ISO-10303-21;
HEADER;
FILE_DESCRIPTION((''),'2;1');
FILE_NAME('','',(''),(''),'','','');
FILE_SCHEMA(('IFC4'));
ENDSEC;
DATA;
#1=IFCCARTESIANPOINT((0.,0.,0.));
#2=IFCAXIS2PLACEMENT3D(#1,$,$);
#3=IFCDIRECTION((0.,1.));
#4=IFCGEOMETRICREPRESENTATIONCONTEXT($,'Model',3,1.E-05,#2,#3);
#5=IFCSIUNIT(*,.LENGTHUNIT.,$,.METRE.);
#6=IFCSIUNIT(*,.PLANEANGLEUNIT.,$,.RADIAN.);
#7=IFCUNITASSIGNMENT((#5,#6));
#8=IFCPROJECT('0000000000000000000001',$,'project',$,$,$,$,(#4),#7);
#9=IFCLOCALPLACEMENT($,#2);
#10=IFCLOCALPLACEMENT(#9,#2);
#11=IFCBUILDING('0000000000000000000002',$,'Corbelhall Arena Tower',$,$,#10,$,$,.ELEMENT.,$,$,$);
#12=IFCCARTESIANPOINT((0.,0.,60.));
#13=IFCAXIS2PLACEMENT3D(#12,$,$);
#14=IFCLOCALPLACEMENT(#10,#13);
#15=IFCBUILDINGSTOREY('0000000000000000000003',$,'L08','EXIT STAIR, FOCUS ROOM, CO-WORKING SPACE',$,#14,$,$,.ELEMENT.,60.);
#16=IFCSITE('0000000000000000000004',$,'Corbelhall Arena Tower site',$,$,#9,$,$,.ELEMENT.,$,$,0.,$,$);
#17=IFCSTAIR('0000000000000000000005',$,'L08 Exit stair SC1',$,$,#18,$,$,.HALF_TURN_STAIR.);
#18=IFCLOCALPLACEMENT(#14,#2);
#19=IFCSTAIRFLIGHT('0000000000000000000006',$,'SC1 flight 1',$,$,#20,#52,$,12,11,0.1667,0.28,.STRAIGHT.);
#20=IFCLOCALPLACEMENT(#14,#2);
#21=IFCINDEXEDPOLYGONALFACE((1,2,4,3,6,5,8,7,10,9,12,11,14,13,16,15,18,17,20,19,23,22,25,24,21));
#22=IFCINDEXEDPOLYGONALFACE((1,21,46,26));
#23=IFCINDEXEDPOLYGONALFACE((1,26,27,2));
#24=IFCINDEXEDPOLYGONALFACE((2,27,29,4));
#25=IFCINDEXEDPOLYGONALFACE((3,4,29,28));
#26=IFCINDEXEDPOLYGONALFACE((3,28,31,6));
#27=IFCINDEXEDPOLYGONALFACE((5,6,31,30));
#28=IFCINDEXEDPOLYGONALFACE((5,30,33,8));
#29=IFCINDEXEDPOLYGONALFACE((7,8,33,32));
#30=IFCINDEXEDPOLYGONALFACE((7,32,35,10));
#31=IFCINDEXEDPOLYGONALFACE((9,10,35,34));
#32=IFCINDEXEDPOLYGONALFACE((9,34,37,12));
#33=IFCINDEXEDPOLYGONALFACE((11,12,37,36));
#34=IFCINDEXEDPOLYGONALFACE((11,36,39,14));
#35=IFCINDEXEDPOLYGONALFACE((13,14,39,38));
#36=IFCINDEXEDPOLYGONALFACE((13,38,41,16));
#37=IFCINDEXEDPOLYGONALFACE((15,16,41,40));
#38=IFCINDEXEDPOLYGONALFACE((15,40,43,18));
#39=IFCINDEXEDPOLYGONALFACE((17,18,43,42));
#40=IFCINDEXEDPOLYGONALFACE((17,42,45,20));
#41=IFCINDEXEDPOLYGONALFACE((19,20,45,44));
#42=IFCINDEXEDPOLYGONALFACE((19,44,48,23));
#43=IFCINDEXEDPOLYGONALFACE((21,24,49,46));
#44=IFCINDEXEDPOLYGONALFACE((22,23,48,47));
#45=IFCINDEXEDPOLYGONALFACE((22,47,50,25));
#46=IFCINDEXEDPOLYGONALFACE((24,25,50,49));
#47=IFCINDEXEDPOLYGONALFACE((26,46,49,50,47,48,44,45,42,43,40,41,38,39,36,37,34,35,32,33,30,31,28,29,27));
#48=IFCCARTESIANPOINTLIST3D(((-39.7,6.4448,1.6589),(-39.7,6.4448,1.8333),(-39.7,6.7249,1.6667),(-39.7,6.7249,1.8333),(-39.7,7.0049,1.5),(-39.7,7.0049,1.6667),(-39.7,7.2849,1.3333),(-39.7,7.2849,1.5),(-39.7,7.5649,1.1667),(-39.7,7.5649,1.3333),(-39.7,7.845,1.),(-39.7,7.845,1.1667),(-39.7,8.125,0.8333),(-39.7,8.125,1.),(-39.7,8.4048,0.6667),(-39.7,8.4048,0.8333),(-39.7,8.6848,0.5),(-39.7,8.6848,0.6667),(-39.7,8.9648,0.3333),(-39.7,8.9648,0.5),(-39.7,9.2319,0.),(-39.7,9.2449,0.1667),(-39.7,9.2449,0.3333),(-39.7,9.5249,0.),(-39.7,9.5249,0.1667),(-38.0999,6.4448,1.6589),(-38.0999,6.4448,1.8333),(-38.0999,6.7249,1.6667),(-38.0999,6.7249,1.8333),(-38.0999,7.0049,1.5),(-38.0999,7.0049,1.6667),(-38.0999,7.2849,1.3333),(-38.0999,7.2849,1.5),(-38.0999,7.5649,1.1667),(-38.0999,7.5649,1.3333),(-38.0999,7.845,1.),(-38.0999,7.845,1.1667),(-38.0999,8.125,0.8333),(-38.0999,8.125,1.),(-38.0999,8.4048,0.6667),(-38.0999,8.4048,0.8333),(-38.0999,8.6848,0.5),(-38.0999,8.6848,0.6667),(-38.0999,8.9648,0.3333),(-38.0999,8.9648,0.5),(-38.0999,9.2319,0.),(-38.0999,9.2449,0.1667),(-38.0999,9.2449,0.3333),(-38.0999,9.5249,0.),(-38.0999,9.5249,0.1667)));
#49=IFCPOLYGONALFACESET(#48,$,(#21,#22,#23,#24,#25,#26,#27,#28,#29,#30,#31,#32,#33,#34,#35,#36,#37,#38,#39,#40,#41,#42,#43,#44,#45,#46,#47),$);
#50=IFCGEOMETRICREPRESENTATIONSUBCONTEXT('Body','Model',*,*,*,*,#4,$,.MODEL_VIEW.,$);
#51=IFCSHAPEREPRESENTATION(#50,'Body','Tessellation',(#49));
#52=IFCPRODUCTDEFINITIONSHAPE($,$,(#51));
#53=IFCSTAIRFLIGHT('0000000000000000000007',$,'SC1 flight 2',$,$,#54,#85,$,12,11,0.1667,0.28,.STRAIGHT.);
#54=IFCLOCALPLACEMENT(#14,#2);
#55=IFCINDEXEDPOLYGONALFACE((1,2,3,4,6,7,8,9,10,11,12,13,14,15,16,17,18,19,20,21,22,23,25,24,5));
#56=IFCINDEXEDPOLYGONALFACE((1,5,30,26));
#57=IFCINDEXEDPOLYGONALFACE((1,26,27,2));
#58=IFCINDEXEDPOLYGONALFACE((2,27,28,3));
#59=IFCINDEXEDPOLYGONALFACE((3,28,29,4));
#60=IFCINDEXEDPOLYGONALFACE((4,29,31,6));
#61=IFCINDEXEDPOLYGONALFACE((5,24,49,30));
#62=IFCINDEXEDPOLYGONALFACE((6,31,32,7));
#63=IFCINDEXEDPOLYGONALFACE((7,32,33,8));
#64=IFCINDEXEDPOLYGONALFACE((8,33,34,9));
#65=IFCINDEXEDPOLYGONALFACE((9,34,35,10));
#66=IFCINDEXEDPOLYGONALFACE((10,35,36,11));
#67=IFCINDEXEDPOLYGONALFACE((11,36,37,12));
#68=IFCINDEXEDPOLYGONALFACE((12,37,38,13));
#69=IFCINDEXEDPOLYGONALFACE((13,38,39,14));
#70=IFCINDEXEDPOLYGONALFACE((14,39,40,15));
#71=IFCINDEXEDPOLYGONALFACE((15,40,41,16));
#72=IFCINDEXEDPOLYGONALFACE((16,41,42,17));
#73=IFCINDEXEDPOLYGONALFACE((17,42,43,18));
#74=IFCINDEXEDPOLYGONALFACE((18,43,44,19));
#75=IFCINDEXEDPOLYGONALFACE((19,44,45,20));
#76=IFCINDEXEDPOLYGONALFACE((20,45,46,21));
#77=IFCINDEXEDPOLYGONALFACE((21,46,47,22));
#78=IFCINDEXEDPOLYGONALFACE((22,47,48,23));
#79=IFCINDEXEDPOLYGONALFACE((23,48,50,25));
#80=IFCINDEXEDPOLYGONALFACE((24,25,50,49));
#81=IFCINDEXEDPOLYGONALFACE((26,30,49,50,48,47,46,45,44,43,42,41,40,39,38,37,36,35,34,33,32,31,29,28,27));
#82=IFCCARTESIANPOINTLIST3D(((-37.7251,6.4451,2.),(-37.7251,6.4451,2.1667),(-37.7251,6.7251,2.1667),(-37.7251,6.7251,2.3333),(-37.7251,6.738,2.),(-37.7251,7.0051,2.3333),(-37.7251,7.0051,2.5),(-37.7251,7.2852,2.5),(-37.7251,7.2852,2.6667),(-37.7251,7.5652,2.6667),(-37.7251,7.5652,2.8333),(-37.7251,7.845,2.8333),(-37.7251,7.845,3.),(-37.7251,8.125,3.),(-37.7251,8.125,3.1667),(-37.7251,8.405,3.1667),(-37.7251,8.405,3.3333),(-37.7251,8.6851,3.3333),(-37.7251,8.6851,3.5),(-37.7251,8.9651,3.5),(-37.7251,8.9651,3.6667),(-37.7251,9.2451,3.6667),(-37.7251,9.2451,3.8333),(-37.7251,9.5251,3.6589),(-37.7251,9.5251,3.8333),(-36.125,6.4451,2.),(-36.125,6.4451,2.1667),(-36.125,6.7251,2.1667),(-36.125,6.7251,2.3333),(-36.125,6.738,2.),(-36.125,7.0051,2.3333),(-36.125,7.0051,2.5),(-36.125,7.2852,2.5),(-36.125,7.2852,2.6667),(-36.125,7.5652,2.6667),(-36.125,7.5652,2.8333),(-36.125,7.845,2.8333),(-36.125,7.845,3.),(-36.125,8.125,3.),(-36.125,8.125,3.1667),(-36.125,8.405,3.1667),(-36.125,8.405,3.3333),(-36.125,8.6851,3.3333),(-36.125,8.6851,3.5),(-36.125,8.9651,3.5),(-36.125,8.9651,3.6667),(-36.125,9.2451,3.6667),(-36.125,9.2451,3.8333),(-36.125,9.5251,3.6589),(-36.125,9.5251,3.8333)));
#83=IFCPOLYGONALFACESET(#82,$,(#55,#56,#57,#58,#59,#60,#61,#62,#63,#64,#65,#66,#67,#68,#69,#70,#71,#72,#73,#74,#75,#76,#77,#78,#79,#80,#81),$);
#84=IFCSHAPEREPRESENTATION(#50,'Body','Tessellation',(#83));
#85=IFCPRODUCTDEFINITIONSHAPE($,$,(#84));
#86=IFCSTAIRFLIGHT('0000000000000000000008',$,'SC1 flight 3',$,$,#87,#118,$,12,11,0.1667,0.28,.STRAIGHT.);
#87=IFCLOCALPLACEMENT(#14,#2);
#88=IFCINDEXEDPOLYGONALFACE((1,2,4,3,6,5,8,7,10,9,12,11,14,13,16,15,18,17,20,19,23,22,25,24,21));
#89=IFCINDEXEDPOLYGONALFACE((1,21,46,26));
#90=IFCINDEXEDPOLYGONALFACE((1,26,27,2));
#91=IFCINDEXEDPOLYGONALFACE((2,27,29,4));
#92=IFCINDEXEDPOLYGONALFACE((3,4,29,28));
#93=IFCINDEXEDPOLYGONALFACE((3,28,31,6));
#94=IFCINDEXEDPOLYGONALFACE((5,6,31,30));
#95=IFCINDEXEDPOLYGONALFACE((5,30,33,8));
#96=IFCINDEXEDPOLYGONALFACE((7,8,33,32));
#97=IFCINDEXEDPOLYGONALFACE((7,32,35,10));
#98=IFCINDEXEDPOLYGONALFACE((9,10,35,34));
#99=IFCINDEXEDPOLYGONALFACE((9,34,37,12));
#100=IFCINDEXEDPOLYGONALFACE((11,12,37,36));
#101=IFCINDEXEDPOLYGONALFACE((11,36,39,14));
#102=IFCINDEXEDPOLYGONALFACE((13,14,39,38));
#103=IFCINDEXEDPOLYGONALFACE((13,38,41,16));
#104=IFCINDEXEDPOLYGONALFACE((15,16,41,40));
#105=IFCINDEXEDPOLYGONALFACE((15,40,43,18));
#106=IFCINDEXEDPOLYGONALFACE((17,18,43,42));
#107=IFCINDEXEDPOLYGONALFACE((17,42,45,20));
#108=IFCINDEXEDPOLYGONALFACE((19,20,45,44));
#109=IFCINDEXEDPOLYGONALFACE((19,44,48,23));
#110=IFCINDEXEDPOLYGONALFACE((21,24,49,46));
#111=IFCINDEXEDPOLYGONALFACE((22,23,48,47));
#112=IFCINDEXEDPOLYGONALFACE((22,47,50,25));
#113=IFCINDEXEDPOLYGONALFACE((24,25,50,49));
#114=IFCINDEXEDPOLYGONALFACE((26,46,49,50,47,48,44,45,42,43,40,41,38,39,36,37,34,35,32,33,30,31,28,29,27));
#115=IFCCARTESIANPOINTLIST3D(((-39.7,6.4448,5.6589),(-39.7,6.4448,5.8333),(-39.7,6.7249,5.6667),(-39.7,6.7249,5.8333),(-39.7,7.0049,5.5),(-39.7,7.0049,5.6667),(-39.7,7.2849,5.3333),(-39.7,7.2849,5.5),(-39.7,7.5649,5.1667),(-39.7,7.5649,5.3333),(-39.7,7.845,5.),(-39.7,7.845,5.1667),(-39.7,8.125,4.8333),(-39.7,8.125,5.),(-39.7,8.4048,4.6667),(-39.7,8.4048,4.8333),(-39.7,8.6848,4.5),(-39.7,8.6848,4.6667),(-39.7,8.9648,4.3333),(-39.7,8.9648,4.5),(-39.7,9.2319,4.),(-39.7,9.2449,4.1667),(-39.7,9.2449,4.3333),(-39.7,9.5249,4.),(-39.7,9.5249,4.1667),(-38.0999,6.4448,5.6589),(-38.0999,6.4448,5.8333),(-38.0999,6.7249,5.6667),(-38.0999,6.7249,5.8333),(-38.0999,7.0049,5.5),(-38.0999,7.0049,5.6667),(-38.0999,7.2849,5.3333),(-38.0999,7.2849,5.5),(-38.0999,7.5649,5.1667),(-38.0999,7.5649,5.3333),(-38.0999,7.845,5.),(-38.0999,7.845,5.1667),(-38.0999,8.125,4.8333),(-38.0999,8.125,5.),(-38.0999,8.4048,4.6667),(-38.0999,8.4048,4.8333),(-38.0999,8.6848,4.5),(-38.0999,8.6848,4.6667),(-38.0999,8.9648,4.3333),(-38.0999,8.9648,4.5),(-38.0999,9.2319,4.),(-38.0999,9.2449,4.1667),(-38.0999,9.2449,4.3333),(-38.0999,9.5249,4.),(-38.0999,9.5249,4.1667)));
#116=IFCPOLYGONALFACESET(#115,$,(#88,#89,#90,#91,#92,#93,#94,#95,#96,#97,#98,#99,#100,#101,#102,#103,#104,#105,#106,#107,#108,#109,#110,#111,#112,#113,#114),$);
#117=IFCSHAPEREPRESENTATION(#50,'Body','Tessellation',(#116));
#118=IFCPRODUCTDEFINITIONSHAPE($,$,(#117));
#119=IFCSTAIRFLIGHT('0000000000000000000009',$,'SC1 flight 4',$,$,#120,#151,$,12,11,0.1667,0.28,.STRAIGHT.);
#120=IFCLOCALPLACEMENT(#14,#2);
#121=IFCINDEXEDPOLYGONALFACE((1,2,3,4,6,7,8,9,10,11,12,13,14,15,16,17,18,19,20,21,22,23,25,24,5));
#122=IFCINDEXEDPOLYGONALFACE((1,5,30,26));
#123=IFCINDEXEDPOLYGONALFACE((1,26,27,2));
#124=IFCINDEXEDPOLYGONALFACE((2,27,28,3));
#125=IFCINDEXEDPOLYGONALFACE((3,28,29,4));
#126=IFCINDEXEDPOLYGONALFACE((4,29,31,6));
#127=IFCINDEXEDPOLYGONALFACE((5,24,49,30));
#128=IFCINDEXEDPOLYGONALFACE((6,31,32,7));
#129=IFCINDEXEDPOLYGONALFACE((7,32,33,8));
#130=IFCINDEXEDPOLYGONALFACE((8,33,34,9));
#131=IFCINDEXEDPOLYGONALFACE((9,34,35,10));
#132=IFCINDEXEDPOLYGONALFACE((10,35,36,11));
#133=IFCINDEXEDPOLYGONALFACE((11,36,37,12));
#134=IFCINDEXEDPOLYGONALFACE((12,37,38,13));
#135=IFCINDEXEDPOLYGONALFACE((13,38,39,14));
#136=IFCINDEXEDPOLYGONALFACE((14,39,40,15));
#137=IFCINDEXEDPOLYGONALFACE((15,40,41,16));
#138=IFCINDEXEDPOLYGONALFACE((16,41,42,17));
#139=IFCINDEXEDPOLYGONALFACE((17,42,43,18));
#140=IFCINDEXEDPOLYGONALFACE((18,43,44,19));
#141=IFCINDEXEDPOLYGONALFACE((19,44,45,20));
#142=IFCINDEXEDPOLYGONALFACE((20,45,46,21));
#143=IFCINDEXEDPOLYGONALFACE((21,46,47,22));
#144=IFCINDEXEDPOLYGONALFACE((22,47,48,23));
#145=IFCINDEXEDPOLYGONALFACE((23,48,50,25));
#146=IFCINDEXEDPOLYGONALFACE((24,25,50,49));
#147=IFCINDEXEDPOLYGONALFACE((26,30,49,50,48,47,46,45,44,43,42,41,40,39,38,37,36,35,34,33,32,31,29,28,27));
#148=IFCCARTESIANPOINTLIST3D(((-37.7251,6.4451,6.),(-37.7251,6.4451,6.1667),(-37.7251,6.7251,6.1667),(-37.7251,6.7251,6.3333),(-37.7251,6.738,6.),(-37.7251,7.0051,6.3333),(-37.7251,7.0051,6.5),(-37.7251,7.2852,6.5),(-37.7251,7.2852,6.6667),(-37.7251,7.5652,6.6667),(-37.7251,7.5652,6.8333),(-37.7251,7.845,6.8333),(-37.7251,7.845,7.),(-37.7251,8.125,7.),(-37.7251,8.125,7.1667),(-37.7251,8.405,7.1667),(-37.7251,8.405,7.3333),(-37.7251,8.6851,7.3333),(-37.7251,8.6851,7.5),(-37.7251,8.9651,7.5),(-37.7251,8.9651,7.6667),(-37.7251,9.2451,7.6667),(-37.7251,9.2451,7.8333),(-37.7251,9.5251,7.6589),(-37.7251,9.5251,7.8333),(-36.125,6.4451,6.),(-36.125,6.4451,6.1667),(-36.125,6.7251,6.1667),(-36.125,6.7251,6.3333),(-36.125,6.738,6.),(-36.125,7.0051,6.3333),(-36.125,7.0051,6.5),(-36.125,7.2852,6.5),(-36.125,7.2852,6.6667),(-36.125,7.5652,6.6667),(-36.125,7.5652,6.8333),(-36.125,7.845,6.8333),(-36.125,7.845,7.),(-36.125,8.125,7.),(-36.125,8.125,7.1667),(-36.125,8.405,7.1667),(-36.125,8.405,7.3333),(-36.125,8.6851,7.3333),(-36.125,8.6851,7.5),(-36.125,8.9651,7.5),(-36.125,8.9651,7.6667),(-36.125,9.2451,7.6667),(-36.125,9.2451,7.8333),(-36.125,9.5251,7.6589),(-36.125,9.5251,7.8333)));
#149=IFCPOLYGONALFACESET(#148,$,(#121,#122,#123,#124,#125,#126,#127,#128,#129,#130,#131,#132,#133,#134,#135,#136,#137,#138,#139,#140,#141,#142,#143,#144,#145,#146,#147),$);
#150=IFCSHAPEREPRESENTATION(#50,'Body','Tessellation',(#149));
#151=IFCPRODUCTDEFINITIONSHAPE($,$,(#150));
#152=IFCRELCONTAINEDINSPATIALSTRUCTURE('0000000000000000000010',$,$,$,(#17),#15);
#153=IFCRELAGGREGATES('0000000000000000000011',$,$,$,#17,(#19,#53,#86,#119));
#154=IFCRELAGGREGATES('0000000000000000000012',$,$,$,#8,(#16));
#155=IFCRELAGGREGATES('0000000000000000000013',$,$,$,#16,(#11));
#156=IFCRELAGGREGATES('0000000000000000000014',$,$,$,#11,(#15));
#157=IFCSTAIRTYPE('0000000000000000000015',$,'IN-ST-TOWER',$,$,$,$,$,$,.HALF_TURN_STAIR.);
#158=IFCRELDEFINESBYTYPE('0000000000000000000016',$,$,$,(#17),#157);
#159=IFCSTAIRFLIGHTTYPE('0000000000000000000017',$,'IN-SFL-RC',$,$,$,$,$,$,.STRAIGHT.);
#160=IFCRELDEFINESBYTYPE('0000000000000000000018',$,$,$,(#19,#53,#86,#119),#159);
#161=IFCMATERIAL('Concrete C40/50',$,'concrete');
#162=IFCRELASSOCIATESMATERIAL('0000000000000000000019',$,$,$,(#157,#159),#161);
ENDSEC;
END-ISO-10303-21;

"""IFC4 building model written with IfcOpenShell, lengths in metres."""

from ifc_helpers import new_model, si_unit, direction, frame, origin, place, context, subcontext, project, spatial, polyline, outline, extrude, material, type_object, element, aggregate, save


model = new_model("IFC4")

# Units and contexts
model_context = context("Model", 3, precision=1e-05, world=origin(), true_north=direction((0.0, 1.0)))
body_context = subcontext(model_context, "Body", "Model", "MODEL_VIEW")
ifc_project = project(units=[si_unit("LENGTHUNIT", "METRE"), si_unit("PLANEANGLEUNIT", "RADIAN")], contexts=[model_context])

# Site, building, storey
site_placement = place(None, origin())
site = spatial("IfcSite", under=ifc_project, at=site_placement, Name="Corbelhall Arena Tower site", CompositionType="ELEMENT", RefElevation=0.0)
building_placement = place(site_placement, origin())
building = spatial("IfcBuilding", under=site, at=building_placement, Name="Corbelhall Arena Tower", CompositionType="ELEMENT")
storey_placement = place(building_placement, frame((0.0, 0.0, 60.0)))
storey = spatial("IfcBuildingStorey", under=building, at=storey_placement, Name="L08", Description="EXIT STAIR, FOCUS ROOM, CO-WORKING SPACE", CompositionType="ELEMENT", Elevation=60.0)

# Shared definitions
ifc_material_1 = material(Name="Concrete C40/50", Category="concrete")

# Stair, stair flights
stair_type = type_object("IfcStairType", Name="IN-ST-TOWER", PredefinedType="HALF_TURN_STAIR", material=ifc_material_1)
stair_placement = place(storey_placement, origin())
stair = element("IfcStair", 1, at=stair_placement, inside=storey, type_object=stair_type, Name="L08 Exit stair SC1", PredefinedType="HALF_TURN_STAIR")
stair_flight_type = type_object("IfcStairFlightType", Name="IN-SFL-RC", PredefinedType="STRAIGHT", material=ifc_material_1)
stair_flight_1_placement = place(storey_placement, frame((-38.8999, 9.5249, 0.0), z_axis=(0.0, 0.0, 1.0), x_axis=(0.0, -1.0, 0.0)))
stair_flight_1 = element("IfcStairFlight", 2, at=stair_flight_1_placement, type_object=stair_flight_type, Name="SC1 flight 1", NumberOfRisers=12, NumberOfTreads=11, PredefinedType="STRAIGHT", RiserHeight=0.1667, TreadLength=0.28, context=body_context, shape_type="SweptSolid", body=[
    extrude(outline(polyline([(0.0, 0.0), (0.0, 0.1667), (0.28, 0.1667), (0.28, 0.3333), (0.5601, 0.3333), (0.5601, 0.5), (0.8401, 0.5), (0.8401, 0.6667), (1.1201, 0.6667), (1.1201, 0.8333), (1.3999, 0.8333), (1.3999, 1.0), (1.6799, 1.0), (1.6799, 1.1667), (1.96, 1.1667), (1.96, 1.3333), (2.24, 1.3333), (2.24, 1.5), (2.52, 1.5), (2.52, 1.6667), (2.8, 1.6667), (2.8, 1.8333), (3.0801, 1.8333), (3.0801, 2.0), (3.0801, 1.6589), (0.293, 0.0), (0.0, 0.0)])), frame((0.0, 0.8, 0.0), z_axis=(0.0, -1.0, 0.0), x_axis=(1.0, 0.0, 0.0)), (0.0, 0.0, 1.0), 1.6001),
])
stair_flight_2_placement = place(storey_placement, frame((-36.925, 6.4451, 2.0), z_axis=(0.0, 0.0, 1.0), x_axis=(0.0, 1.0, 0.0)))
stair_flight_2 = element("IfcStairFlight", 3, at=stair_flight_2_placement, type_object=stair_flight_type, Name="SC1 flight 2", NumberOfRisers=12, NumberOfTreads=11, PredefinedType="STRAIGHT", RiserHeight=0.1667, TreadLength=0.28, context=body_context, shape_type="SweptSolid", body=[
    extrude(outline(polyline([(0.0, 0.0), (0.0, 0.1667), (0.28, 0.1667), (0.28, 0.3333), (0.5601, 0.3333), (0.5601, 0.5), (0.8401, 0.5), (0.8401, 0.6667), (1.1201, 0.6667), (1.1201, 0.8333), (1.3999, 0.8333), (1.3999, 1.0), (1.6799, 1.0), (1.6799, 1.1667), (1.96, 1.1667), (1.96, 1.3333), (2.24, 1.3333), (2.24, 1.5), (2.52, 1.5), (2.52, 1.6667), (2.8, 1.6667), (2.8, 1.8333), (3.0801, 1.8333), (3.0801, 2.0), (3.0801, 1.6589), (0.293, 0.0), (0.0, 0.0)])), frame((0.0, 0.8, 0.0), z_axis=(0.0, -1.0, 0.0), x_axis=(1.0, 0.0, 0.0)), (0.0, 0.0, 1.0), 1.6001),
])
stair_flight_3_placement = place(storey_placement, frame((-38.8999, 9.5249, 4.0), z_axis=(0.0, 0.0, 1.0), x_axis=(0.0, -1.0, 0.0)))
stair_flight_3 = element("IfcStairFlight", 4, at=stair_flight_3_placement, type_object=stair_flight_type, Name="SC1 flight 3", NumberOfRisers=12, NumberOfTreads=11, PredefinedType="STRAIGHT", RiserHeight=0.1667, TreadLength=0.28, context=body_context, shape_type="SweptSolid", body=[
    extrude(outline(polyline([(0.0, 0.0), (0.0, 0.1667), (0.28, 0.1667), (0.28, 0.3333), (0.5601, 0.3333), (0.5601, 0.5), (0.8401, 0.5), (0.8401, 0.6667), (1.1201, 0.6667), (1.1201, 0.8333), (1.3999, 0.8333), (1.3999, 1.0), (1.6799, 1.0), (1.6799, 1.1667), (1.96, 1.1667), (1.96, 1.3333), (2.24, 1.3333), (2.24, 1.5), (2.52, 1.5), (2.52, 1.6667), (2.8, 1.6667), (2.8, 1.8333), (3.0801, 1.8333), (3.0801, 2.0), (3.0801, 1.6589), (0.293, 0.0), (0.0, 0.0)])), frame((0.0, 0.8, 0.0), z_axis=(0.0, -1.0, 0.0), x_axis=(1.0, 0.0, 0.0)), (0.0, 0.0, 1.0), 1.6001),
])
stair_flight_4_placement = place(storey_placement, frame((-36.925, 6.4451, 6.0), z_axis=(0.0, 0.0, 1.0), x_axis=(0.0, 1.0, 0.0)))
stair_flight_4 = element("IfcStairFlight", 5, at=stair_flight_4_placement, type_object=stair_flight_type, Name="SC1 flight 4", NumberOfRisers=12, NumberOfTreads=11, PredefinedType="STRAIGHT", RiserHeight=0.1667, TreadLength=0.28, context=body_context, shape_type="SweptSolid", body=[
    extrude(outline(polyline([(0.0, 0.0), (0.0, 0.1667), (0.28, 0.1667), (0.28, 0.3333), (0.5601, 0.3333), (0.5601, 0.5), (0.8401, 0.5), (0.8401, 0.6667), (1.1201, 0.6667), (1.1201, 0.8333), (1.3999, 0.8333), (1.3999, 1.0), (1.6799, 1.0), (1.6799, 1.1667), (1.96, 1.1667), (1.96, 1.3333), (2.24, 1.3333), (2.24, 1.5), (2.52, 1.5), (2.52, 1.6667), (2.8, 1.6667), (2.8, 1.8333), (3.0801, 1.8333), (3.0801, 2.0), (3.0801, 1.6589), (0.293, 0.0), (0.0, 0.0)])), frame((0.0, 0.8, 0.0), z_axis=(0.0, -1.0, 0.0), x_axis=(1.0, 0.0, 0.0)), (0.0, 0.0, 1.0), 1.6001),
])
aggregate(stair, [stair_flight_1, stair_flight_2, stair_flight_3, stair_flight_4])

save(model, "model.ifc")
